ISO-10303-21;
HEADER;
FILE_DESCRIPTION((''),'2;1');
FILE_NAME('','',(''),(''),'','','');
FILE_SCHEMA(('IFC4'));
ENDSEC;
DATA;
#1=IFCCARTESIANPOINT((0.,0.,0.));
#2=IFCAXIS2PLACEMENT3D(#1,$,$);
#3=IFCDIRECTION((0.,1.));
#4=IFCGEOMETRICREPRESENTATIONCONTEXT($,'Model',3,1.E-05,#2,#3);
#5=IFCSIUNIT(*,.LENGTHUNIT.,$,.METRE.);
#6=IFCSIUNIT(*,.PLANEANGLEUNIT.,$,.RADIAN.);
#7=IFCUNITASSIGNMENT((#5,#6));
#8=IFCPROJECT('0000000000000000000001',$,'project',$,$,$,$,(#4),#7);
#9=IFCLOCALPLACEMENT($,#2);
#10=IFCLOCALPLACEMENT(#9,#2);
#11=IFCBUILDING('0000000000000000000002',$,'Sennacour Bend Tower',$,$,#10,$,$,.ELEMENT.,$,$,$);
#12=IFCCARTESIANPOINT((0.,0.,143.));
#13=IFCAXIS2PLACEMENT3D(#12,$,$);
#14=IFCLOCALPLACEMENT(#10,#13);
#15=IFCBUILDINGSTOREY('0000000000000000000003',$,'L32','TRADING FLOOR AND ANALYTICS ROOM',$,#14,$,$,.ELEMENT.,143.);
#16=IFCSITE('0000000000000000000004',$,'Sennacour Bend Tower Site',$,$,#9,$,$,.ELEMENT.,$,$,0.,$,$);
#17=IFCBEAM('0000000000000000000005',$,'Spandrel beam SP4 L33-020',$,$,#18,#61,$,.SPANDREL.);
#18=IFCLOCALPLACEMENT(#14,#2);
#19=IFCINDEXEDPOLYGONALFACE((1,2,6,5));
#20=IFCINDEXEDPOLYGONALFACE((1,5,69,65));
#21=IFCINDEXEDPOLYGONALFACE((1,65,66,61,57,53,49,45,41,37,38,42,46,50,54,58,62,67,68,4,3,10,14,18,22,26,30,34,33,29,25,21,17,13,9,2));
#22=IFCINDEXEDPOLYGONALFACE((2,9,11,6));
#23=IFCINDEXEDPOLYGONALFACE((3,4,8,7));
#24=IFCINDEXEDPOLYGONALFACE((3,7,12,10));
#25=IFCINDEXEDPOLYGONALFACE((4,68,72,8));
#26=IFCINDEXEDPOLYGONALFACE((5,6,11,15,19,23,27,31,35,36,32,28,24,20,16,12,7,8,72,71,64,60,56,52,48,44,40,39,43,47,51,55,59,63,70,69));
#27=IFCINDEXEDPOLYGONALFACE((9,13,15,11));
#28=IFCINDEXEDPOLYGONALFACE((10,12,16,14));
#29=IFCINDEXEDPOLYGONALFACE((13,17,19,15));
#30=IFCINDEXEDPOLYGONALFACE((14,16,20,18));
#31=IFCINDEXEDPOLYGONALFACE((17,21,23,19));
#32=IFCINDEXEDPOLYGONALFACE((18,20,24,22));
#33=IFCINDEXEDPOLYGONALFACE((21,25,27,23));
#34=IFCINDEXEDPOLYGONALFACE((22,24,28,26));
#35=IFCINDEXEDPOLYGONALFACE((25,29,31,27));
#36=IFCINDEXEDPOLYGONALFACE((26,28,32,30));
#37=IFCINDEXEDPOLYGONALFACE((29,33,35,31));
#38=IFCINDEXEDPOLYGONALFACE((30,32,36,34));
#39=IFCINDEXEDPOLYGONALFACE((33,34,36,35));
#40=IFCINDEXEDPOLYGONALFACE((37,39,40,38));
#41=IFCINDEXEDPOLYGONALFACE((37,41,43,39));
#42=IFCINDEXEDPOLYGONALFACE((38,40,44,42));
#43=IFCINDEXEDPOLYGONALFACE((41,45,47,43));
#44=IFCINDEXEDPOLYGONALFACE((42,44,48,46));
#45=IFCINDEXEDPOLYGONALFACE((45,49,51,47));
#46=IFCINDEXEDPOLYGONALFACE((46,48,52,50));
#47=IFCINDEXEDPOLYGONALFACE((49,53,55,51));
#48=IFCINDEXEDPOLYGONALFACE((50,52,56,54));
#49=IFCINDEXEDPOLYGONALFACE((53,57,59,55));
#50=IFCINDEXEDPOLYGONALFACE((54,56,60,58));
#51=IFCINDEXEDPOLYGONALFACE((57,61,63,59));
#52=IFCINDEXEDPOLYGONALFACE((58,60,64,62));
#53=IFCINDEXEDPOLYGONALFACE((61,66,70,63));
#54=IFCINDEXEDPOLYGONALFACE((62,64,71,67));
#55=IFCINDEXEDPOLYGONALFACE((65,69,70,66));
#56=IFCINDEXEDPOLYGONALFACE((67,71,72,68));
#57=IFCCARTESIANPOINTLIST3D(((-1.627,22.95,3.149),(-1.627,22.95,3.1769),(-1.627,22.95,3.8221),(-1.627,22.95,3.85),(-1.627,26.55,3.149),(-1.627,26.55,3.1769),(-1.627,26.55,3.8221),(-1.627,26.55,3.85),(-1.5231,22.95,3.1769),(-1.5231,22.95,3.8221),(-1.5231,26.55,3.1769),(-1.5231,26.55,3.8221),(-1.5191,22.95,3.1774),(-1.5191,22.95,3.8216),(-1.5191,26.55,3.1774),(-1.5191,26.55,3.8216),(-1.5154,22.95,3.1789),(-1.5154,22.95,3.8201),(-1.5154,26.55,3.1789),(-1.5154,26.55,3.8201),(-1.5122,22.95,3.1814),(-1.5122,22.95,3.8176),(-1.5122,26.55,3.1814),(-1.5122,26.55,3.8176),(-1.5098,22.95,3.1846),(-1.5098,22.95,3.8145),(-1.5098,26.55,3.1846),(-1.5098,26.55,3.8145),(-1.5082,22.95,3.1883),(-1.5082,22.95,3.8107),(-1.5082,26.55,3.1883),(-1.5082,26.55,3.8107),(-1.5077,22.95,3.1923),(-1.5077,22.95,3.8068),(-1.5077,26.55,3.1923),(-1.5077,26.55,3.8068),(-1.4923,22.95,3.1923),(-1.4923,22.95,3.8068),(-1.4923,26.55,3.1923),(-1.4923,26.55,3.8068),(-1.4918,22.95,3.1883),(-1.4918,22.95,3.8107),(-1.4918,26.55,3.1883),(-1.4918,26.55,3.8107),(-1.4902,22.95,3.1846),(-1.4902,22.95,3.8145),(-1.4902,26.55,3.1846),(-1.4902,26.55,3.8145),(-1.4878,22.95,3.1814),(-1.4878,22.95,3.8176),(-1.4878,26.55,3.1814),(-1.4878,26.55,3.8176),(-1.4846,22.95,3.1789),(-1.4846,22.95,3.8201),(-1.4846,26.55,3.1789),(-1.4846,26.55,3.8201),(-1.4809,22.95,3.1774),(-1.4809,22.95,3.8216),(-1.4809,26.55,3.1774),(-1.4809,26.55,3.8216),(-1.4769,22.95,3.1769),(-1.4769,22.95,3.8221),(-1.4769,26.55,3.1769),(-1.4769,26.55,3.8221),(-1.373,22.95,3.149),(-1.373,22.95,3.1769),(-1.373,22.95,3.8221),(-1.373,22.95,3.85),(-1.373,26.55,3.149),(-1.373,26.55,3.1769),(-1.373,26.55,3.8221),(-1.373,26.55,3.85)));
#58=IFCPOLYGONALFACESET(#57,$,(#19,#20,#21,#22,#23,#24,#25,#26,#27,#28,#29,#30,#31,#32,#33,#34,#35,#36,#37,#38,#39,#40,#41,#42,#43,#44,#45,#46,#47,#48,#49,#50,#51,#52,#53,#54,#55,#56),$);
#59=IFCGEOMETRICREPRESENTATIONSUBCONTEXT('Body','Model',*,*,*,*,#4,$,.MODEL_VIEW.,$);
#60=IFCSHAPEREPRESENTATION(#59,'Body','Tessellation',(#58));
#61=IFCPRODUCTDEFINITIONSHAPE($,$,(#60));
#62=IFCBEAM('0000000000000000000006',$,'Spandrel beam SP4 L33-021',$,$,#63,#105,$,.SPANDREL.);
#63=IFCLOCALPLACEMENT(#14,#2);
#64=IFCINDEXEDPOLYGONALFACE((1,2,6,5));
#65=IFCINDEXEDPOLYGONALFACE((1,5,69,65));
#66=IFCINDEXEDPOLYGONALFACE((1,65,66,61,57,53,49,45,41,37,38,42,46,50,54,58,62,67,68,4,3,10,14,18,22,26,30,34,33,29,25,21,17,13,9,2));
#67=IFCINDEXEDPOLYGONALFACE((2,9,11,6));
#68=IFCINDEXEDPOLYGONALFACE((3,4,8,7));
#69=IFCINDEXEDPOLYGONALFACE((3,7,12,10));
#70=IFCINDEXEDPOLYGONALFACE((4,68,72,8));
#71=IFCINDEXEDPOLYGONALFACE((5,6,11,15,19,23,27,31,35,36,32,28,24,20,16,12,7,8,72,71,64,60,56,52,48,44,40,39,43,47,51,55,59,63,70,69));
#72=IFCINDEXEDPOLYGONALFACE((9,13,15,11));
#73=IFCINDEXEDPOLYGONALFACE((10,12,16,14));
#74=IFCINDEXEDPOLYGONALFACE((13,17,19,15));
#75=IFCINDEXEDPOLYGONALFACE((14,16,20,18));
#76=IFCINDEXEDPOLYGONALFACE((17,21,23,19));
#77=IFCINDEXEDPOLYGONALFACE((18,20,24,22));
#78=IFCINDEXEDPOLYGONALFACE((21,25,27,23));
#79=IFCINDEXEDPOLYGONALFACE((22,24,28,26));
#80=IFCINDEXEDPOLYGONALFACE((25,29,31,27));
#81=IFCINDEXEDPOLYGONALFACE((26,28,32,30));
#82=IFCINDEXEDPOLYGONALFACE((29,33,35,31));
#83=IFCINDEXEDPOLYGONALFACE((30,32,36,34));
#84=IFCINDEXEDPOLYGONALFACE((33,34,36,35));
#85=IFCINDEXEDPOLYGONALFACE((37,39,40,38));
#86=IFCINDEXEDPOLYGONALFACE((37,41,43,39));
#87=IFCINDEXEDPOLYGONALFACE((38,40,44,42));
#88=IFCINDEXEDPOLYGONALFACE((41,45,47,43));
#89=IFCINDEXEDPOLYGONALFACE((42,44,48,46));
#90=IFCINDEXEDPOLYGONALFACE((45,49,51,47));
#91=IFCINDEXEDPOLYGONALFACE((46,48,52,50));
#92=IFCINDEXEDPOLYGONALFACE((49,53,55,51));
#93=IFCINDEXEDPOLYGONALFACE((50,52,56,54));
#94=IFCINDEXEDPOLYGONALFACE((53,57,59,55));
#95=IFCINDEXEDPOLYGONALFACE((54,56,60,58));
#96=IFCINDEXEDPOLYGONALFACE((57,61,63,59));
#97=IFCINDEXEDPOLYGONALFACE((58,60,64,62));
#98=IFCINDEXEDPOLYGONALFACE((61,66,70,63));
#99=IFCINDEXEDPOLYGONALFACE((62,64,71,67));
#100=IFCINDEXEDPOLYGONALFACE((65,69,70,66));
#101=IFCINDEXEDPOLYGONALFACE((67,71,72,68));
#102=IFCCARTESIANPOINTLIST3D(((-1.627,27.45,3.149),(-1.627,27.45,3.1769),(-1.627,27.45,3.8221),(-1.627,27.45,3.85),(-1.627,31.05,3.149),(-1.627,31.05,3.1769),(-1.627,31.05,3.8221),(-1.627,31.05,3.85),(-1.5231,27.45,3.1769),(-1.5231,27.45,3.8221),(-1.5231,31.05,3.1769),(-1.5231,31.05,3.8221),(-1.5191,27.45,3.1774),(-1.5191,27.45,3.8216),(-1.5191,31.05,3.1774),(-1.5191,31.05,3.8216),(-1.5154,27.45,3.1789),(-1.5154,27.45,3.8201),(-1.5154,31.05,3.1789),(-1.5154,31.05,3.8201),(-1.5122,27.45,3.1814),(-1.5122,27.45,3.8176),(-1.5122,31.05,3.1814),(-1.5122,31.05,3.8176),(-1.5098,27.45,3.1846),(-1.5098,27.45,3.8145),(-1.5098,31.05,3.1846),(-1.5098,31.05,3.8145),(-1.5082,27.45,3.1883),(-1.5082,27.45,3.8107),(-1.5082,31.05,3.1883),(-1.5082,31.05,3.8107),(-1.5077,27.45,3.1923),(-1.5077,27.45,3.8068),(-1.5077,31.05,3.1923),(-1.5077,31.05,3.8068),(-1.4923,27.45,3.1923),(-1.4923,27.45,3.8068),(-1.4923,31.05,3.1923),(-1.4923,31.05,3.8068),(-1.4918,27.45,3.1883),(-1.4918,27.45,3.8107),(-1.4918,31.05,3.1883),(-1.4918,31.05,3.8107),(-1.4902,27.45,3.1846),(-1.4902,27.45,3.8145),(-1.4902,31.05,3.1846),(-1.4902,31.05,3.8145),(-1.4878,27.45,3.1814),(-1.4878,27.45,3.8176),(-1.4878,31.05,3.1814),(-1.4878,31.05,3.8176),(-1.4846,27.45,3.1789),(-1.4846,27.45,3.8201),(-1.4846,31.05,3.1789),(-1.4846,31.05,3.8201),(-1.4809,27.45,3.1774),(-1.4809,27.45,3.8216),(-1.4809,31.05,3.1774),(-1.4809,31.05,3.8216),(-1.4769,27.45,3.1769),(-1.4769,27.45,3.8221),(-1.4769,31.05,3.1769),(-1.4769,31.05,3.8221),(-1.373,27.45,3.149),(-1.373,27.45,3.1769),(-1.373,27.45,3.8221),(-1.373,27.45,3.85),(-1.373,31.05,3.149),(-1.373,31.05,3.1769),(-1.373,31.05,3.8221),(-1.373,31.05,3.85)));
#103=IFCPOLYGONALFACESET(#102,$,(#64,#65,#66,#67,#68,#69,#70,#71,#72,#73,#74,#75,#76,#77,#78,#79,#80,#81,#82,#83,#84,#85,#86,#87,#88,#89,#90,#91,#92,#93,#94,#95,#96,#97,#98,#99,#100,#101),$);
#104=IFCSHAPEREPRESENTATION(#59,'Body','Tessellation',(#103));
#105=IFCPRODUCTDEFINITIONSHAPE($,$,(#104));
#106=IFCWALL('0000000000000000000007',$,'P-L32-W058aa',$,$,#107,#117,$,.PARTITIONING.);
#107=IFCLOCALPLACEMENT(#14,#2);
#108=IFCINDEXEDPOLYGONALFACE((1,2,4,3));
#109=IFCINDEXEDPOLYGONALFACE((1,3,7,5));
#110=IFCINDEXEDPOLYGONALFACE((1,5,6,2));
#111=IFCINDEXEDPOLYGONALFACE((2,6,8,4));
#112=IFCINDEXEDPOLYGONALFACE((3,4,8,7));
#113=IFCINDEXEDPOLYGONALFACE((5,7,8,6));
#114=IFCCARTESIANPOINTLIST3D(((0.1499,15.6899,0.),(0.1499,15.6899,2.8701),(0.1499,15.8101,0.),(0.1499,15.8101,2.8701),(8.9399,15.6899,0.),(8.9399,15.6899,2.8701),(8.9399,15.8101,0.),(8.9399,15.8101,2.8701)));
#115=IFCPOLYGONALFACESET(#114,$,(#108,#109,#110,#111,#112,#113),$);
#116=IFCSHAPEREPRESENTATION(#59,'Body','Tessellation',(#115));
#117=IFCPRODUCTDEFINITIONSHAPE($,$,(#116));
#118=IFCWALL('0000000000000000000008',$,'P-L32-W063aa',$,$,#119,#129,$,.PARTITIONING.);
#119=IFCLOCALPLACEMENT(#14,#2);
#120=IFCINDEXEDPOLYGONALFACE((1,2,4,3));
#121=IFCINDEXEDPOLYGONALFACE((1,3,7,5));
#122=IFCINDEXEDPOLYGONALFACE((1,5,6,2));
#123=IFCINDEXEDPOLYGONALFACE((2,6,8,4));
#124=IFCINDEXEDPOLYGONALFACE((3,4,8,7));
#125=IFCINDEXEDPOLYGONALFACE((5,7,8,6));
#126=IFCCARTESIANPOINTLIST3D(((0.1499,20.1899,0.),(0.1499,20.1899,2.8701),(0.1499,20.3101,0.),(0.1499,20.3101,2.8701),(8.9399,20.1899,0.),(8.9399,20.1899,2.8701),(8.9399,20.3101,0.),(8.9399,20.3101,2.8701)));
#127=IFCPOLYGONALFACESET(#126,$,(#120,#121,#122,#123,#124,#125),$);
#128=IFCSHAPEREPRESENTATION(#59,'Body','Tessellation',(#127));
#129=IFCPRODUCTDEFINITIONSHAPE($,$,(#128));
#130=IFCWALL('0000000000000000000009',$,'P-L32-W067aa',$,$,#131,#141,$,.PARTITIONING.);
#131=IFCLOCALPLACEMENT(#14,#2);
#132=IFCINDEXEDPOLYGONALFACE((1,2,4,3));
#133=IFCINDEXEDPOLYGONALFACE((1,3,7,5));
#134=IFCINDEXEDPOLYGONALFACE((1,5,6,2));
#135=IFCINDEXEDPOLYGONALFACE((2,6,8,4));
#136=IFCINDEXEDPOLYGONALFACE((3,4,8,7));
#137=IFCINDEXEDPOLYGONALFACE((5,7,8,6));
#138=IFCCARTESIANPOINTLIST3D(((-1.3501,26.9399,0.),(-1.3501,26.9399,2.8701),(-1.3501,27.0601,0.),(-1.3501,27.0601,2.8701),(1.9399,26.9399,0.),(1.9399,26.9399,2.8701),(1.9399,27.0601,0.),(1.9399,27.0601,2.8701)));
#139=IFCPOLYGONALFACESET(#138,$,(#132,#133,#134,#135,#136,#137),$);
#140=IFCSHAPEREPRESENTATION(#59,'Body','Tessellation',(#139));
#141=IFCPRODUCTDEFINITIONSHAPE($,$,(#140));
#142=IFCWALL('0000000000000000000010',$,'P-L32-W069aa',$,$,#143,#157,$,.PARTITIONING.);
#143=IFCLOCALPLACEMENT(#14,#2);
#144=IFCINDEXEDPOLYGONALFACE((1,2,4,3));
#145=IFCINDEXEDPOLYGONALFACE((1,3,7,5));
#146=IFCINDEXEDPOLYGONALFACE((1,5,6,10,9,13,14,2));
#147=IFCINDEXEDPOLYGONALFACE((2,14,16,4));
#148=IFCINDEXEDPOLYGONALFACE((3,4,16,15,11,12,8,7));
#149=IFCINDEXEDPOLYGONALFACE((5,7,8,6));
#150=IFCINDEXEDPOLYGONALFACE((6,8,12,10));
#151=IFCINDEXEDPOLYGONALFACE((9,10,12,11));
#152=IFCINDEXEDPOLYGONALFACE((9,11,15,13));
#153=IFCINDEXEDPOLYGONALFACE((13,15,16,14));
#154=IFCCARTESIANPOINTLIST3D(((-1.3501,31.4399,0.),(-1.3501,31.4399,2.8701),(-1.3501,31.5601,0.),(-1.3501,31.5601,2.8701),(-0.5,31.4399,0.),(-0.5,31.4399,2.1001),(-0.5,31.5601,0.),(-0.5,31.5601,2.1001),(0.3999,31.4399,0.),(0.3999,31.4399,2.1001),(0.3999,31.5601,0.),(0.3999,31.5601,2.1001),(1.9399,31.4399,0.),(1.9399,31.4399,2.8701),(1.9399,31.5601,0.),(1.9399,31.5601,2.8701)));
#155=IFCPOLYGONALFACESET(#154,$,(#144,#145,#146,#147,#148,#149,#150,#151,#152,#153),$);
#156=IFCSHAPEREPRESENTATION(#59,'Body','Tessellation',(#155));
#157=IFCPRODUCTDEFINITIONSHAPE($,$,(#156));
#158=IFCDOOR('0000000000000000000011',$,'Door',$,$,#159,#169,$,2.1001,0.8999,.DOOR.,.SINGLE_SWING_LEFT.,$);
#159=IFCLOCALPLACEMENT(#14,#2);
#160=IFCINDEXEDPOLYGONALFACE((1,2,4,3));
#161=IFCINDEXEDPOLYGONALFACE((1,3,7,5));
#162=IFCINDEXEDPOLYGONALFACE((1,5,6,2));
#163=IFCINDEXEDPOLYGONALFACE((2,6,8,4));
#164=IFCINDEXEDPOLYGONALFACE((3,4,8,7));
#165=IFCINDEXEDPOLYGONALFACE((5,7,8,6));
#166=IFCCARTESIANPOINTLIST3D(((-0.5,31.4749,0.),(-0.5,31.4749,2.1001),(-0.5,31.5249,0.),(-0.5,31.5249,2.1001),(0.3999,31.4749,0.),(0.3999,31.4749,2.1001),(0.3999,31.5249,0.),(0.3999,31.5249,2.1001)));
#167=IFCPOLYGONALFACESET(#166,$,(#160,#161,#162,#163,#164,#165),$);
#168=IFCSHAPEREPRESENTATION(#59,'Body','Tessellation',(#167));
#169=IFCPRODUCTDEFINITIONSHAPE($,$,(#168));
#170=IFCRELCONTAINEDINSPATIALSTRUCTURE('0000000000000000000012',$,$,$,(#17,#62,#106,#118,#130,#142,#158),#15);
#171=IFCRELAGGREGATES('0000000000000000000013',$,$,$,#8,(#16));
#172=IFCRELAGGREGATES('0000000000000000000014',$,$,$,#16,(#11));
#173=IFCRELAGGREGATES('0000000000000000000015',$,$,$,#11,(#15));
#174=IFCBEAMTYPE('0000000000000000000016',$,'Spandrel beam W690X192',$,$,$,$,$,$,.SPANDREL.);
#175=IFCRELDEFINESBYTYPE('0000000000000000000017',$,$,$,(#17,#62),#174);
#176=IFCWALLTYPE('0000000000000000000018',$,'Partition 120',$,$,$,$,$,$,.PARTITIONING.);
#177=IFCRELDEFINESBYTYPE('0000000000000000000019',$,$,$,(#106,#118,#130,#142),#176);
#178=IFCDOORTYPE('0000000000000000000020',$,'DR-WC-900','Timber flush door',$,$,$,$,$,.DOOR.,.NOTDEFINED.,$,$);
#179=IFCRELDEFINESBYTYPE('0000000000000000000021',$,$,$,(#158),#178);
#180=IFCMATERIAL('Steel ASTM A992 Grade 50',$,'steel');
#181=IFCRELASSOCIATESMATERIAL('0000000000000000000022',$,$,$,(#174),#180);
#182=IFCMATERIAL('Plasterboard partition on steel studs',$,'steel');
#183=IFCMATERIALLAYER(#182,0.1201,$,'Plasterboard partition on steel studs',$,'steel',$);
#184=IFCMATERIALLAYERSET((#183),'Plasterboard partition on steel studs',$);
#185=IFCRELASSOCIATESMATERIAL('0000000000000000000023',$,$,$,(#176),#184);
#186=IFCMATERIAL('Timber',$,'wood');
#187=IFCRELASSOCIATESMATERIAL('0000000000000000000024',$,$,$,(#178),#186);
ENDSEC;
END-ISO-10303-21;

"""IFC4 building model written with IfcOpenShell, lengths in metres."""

from ifc_helpers import new_model, si_unit, direction, frame, frame_2d, origin, origin_2d, place, context, subcontext, project, spatial, rectangle, i_section, extrude, material, layer, layer_set, material_profile, profile_set, type_object, element, fill, save


model = new_model("IFC4")

# Units and contexts
model_context = context("Model", 3, precision=1e-05, world=origin(), true_north=direction((0.0, 1.0)))
body_context = subcontext(model_context, "Body", "Model", "MODEL_VIEW")
ifc_project = project(units=[si_unit("LENGTHUNIT", "METRE"), si_unit("PLANEANGLEUNIT", "RADIAN")], contexts=[model_context])

# Site, building, storey
site_placement = place(None, origin())
site = spatial("IfcSite", under=ifc_project, at=site_placement, Name="Sennacour Bend Tower Site", CompositionType="ELEMENT", RefElevation=0.0)
building_placement = place(site_placement, origin())
building = spatial("IfcBuilding", under=site, at=building_placement, Name="Sennacour Bend Tower", CompositionType="ELEMENT")
storey_placement = place(building_placement, frame((0.0, 0.0, 143.0)))
storey = spatial("IfcBuildingStorey", under=building, at=storey_placement, Name="L32", Description="TRADING FLOOR AND ANALYTICS ROOM", CompositionType="ELEMENT", Elevation=143.0)

# Beams
ifc_material_1 = material(Name="Steel ASTM A992 Grade 50", Category="steel")
ifc_material_profile_1 = material_profile(ifc_material_1, i_section(OverallWidth=0.2539, OverallDepth=0.7009, WebThickness=0.0154, FlangeThickness=0.0278, FilletRadius=0.0154, at=origin_2d()), Name="Steel ASTM A992 Grade 50", Category="steel")
ifc_profile_set_1 = profile_set([ifc_material_profile_1], Name="Steel ASTM A992 Grade 50")
beam_type_1 = type_object("IfcBeamType", Name="Spandrel beam W690X192", PredefinedType="SPANDREL", material=ifc_profile_set_1)
for number, where, z_axis, x_axis, name in (
    (1, (-1.5, 22.95, 3.4995), (0.0, 1.0, 0.0), (-1.0, 0.0, 0.0), "Spandrel beam SP4 L33-020"),
    (2, (-1.5, 27.45, 3.4995), (0.0, 1.0, 0.0), (-1.0, 0.0, 0.0), "Spandrel beam SP4 L33-021"),
):
    element("IfcBeam", number, at=place(storey_placement, frame(where, z_axis=z_axis, x_axis=x_axis)), inside=storey, type_object=beam_type_1, Name=name, PredefinedType="SPANDREL", context=body_context, shape_type="SweptSolid", body=[
        extrude(i_section(OverallWidth=0.2539, OverallDepth=0.7009, WebThickness=0.0154, FlangeThickness=0.0278, FilletRadius=0.0154, at=origin_2d()), origin(), (0.0, 0.0, 1.0), 3.6001),
    ])

# Walls
ifc_material_2 = material(Name="Plasterboard partition on steel studs", Category="steel")
ifc_layer_1 = layer(ifc_material_2, 0.1201, Name="Plasterboard partition on steel studs", Category="steel")
ifc_layer_set_1 = layer_set([ifc_layer_1], Name="Plasterboard partition on steel studs")
wall_type_1 = type_object("IfcWallType", Name="Partition 120", PredefinedType="PARTITIONING", material=ifc_layer_set_1)
for number, where, z_axis, x_axis, name in (
    (3, (0.1499, 15.75, 0.0), (0.0, 0.0, 1.0), (1.0, 0.0, 0.0), "P-L32-W058aa"),
    (4, (0.1499, 20.25, 0.0), (0.0, 0.0, 1.0), (1.0, 0.0, 0.0), "P-L32-W063aa"),
):
    element("IfcWall", number, at=place(storey_placement, frame(where, z_axis=z_axis, x_axis=x_axis)), inside=storey, type_object=wall_type_1, Name=name, PredefinedType="PARTITIONING", context=body_context, shape_type="SweptSolid", body=[
        extrude(rectangle(XDim=8.79, YDim=0.1201, at=frame_2d((4.395, 0.0))), origin(), (0.0, 0.0, 1.0), 2.8701),
    ])
wall_1_placement = place(storey_placement, frame((-1.3501, 27.0, 0.0), z_axis=(0.0, 0.0, 1.0), x_axis=(1.0, 0.0, 0.0)))
element("IfcWall", 5, at=wall_1_placement, inside=storey, type_object=wall_type_1, Name="P-L32-W067aa", PredefinedType="PARTITIONING", context=body_context, shape_type="SweptSolid", body=[
    extrude(rectangle(XDim=3.29, YDim=0.1201, at=frame_2d((1.645, 0.0))), origin(), (0.0, 0.0, 1.0), 2.8701),
])

# Wall, opening, door
wall_2_placement = place(storey_placement, frame((-1.3501, 31.5, 0.0), z_axis=(0.0, 0.0, 1.0), x_axis=(1.0, 0.0, 0.0)))
wall_2 = element("IfcWall", 6, at=wall_2_placement, inside=storey, type_object=wall_type_1, Name="P-L32-W069aa", PredefinedType="PARTITIONING", context=body_context, shape_type="SweptSolid", body=[
    extrude(rectangle(XDim=3.29, YDim=0.1201, at=frame_2d((1.645, 0.0))), origin(), (0.0, 0.0, 1.0), 2.8701),
])
opening_1_placement = place(wall_2_placement, frame((0.8501, 0.0, 0.0)))
opening_1 = element("IfcOpeningElement", 7, at=opening_1_placement, cuts=wall_2, PredefinedType="OPENING", context=body_context, shape_type="SweptSolid", body=[
    extrude(rectangle(XDim=0.8999, YDim=2.1001, at=frame_2d((0.45, 1.05))), frame((0.0, 0.0701, 0.0), z_axis=(0.0, -1.0, 0.0), x_axis=(1.0, 0.0, 0.0)), (0.0, 0.0, 1.0), 0.1401),
])
ifc_material_3 = material(Name="Timber", Category="wood")
door_type = type_object("IfcDoorType", Name="DR-WC-900", Description="Timber flush door", OperationType="NOTDEFINED", PredefinedType="DOOR", material=ifc_material_3)
door_placement = place(opening_1_placement, origin())
door = element("IfcDoor", 8, at=door_placement, inside=storey, type_object=door_type, Name="Door", OperationType="SINGLE_SWING_LEFT", OverallHeight=2.1001, OverallWidth=0.8999, PredefinedType="DOOR", context=body_context, shape_type="SweptSolid", body=[
    extrude(rectangle(XDim=0.8999, YDim=2.1001, at=frame_2d((0.45, 1.05))), frame((0.0, 0.0249, 0.0), z_axis=(0.0, -1.0, 0.0), x_axis=(1.0, 0.0, 0.0)), (0.0, 0.0, 1.0), 0.05),
])
fill(opening_1, door)

save(model, "model.ifc")
